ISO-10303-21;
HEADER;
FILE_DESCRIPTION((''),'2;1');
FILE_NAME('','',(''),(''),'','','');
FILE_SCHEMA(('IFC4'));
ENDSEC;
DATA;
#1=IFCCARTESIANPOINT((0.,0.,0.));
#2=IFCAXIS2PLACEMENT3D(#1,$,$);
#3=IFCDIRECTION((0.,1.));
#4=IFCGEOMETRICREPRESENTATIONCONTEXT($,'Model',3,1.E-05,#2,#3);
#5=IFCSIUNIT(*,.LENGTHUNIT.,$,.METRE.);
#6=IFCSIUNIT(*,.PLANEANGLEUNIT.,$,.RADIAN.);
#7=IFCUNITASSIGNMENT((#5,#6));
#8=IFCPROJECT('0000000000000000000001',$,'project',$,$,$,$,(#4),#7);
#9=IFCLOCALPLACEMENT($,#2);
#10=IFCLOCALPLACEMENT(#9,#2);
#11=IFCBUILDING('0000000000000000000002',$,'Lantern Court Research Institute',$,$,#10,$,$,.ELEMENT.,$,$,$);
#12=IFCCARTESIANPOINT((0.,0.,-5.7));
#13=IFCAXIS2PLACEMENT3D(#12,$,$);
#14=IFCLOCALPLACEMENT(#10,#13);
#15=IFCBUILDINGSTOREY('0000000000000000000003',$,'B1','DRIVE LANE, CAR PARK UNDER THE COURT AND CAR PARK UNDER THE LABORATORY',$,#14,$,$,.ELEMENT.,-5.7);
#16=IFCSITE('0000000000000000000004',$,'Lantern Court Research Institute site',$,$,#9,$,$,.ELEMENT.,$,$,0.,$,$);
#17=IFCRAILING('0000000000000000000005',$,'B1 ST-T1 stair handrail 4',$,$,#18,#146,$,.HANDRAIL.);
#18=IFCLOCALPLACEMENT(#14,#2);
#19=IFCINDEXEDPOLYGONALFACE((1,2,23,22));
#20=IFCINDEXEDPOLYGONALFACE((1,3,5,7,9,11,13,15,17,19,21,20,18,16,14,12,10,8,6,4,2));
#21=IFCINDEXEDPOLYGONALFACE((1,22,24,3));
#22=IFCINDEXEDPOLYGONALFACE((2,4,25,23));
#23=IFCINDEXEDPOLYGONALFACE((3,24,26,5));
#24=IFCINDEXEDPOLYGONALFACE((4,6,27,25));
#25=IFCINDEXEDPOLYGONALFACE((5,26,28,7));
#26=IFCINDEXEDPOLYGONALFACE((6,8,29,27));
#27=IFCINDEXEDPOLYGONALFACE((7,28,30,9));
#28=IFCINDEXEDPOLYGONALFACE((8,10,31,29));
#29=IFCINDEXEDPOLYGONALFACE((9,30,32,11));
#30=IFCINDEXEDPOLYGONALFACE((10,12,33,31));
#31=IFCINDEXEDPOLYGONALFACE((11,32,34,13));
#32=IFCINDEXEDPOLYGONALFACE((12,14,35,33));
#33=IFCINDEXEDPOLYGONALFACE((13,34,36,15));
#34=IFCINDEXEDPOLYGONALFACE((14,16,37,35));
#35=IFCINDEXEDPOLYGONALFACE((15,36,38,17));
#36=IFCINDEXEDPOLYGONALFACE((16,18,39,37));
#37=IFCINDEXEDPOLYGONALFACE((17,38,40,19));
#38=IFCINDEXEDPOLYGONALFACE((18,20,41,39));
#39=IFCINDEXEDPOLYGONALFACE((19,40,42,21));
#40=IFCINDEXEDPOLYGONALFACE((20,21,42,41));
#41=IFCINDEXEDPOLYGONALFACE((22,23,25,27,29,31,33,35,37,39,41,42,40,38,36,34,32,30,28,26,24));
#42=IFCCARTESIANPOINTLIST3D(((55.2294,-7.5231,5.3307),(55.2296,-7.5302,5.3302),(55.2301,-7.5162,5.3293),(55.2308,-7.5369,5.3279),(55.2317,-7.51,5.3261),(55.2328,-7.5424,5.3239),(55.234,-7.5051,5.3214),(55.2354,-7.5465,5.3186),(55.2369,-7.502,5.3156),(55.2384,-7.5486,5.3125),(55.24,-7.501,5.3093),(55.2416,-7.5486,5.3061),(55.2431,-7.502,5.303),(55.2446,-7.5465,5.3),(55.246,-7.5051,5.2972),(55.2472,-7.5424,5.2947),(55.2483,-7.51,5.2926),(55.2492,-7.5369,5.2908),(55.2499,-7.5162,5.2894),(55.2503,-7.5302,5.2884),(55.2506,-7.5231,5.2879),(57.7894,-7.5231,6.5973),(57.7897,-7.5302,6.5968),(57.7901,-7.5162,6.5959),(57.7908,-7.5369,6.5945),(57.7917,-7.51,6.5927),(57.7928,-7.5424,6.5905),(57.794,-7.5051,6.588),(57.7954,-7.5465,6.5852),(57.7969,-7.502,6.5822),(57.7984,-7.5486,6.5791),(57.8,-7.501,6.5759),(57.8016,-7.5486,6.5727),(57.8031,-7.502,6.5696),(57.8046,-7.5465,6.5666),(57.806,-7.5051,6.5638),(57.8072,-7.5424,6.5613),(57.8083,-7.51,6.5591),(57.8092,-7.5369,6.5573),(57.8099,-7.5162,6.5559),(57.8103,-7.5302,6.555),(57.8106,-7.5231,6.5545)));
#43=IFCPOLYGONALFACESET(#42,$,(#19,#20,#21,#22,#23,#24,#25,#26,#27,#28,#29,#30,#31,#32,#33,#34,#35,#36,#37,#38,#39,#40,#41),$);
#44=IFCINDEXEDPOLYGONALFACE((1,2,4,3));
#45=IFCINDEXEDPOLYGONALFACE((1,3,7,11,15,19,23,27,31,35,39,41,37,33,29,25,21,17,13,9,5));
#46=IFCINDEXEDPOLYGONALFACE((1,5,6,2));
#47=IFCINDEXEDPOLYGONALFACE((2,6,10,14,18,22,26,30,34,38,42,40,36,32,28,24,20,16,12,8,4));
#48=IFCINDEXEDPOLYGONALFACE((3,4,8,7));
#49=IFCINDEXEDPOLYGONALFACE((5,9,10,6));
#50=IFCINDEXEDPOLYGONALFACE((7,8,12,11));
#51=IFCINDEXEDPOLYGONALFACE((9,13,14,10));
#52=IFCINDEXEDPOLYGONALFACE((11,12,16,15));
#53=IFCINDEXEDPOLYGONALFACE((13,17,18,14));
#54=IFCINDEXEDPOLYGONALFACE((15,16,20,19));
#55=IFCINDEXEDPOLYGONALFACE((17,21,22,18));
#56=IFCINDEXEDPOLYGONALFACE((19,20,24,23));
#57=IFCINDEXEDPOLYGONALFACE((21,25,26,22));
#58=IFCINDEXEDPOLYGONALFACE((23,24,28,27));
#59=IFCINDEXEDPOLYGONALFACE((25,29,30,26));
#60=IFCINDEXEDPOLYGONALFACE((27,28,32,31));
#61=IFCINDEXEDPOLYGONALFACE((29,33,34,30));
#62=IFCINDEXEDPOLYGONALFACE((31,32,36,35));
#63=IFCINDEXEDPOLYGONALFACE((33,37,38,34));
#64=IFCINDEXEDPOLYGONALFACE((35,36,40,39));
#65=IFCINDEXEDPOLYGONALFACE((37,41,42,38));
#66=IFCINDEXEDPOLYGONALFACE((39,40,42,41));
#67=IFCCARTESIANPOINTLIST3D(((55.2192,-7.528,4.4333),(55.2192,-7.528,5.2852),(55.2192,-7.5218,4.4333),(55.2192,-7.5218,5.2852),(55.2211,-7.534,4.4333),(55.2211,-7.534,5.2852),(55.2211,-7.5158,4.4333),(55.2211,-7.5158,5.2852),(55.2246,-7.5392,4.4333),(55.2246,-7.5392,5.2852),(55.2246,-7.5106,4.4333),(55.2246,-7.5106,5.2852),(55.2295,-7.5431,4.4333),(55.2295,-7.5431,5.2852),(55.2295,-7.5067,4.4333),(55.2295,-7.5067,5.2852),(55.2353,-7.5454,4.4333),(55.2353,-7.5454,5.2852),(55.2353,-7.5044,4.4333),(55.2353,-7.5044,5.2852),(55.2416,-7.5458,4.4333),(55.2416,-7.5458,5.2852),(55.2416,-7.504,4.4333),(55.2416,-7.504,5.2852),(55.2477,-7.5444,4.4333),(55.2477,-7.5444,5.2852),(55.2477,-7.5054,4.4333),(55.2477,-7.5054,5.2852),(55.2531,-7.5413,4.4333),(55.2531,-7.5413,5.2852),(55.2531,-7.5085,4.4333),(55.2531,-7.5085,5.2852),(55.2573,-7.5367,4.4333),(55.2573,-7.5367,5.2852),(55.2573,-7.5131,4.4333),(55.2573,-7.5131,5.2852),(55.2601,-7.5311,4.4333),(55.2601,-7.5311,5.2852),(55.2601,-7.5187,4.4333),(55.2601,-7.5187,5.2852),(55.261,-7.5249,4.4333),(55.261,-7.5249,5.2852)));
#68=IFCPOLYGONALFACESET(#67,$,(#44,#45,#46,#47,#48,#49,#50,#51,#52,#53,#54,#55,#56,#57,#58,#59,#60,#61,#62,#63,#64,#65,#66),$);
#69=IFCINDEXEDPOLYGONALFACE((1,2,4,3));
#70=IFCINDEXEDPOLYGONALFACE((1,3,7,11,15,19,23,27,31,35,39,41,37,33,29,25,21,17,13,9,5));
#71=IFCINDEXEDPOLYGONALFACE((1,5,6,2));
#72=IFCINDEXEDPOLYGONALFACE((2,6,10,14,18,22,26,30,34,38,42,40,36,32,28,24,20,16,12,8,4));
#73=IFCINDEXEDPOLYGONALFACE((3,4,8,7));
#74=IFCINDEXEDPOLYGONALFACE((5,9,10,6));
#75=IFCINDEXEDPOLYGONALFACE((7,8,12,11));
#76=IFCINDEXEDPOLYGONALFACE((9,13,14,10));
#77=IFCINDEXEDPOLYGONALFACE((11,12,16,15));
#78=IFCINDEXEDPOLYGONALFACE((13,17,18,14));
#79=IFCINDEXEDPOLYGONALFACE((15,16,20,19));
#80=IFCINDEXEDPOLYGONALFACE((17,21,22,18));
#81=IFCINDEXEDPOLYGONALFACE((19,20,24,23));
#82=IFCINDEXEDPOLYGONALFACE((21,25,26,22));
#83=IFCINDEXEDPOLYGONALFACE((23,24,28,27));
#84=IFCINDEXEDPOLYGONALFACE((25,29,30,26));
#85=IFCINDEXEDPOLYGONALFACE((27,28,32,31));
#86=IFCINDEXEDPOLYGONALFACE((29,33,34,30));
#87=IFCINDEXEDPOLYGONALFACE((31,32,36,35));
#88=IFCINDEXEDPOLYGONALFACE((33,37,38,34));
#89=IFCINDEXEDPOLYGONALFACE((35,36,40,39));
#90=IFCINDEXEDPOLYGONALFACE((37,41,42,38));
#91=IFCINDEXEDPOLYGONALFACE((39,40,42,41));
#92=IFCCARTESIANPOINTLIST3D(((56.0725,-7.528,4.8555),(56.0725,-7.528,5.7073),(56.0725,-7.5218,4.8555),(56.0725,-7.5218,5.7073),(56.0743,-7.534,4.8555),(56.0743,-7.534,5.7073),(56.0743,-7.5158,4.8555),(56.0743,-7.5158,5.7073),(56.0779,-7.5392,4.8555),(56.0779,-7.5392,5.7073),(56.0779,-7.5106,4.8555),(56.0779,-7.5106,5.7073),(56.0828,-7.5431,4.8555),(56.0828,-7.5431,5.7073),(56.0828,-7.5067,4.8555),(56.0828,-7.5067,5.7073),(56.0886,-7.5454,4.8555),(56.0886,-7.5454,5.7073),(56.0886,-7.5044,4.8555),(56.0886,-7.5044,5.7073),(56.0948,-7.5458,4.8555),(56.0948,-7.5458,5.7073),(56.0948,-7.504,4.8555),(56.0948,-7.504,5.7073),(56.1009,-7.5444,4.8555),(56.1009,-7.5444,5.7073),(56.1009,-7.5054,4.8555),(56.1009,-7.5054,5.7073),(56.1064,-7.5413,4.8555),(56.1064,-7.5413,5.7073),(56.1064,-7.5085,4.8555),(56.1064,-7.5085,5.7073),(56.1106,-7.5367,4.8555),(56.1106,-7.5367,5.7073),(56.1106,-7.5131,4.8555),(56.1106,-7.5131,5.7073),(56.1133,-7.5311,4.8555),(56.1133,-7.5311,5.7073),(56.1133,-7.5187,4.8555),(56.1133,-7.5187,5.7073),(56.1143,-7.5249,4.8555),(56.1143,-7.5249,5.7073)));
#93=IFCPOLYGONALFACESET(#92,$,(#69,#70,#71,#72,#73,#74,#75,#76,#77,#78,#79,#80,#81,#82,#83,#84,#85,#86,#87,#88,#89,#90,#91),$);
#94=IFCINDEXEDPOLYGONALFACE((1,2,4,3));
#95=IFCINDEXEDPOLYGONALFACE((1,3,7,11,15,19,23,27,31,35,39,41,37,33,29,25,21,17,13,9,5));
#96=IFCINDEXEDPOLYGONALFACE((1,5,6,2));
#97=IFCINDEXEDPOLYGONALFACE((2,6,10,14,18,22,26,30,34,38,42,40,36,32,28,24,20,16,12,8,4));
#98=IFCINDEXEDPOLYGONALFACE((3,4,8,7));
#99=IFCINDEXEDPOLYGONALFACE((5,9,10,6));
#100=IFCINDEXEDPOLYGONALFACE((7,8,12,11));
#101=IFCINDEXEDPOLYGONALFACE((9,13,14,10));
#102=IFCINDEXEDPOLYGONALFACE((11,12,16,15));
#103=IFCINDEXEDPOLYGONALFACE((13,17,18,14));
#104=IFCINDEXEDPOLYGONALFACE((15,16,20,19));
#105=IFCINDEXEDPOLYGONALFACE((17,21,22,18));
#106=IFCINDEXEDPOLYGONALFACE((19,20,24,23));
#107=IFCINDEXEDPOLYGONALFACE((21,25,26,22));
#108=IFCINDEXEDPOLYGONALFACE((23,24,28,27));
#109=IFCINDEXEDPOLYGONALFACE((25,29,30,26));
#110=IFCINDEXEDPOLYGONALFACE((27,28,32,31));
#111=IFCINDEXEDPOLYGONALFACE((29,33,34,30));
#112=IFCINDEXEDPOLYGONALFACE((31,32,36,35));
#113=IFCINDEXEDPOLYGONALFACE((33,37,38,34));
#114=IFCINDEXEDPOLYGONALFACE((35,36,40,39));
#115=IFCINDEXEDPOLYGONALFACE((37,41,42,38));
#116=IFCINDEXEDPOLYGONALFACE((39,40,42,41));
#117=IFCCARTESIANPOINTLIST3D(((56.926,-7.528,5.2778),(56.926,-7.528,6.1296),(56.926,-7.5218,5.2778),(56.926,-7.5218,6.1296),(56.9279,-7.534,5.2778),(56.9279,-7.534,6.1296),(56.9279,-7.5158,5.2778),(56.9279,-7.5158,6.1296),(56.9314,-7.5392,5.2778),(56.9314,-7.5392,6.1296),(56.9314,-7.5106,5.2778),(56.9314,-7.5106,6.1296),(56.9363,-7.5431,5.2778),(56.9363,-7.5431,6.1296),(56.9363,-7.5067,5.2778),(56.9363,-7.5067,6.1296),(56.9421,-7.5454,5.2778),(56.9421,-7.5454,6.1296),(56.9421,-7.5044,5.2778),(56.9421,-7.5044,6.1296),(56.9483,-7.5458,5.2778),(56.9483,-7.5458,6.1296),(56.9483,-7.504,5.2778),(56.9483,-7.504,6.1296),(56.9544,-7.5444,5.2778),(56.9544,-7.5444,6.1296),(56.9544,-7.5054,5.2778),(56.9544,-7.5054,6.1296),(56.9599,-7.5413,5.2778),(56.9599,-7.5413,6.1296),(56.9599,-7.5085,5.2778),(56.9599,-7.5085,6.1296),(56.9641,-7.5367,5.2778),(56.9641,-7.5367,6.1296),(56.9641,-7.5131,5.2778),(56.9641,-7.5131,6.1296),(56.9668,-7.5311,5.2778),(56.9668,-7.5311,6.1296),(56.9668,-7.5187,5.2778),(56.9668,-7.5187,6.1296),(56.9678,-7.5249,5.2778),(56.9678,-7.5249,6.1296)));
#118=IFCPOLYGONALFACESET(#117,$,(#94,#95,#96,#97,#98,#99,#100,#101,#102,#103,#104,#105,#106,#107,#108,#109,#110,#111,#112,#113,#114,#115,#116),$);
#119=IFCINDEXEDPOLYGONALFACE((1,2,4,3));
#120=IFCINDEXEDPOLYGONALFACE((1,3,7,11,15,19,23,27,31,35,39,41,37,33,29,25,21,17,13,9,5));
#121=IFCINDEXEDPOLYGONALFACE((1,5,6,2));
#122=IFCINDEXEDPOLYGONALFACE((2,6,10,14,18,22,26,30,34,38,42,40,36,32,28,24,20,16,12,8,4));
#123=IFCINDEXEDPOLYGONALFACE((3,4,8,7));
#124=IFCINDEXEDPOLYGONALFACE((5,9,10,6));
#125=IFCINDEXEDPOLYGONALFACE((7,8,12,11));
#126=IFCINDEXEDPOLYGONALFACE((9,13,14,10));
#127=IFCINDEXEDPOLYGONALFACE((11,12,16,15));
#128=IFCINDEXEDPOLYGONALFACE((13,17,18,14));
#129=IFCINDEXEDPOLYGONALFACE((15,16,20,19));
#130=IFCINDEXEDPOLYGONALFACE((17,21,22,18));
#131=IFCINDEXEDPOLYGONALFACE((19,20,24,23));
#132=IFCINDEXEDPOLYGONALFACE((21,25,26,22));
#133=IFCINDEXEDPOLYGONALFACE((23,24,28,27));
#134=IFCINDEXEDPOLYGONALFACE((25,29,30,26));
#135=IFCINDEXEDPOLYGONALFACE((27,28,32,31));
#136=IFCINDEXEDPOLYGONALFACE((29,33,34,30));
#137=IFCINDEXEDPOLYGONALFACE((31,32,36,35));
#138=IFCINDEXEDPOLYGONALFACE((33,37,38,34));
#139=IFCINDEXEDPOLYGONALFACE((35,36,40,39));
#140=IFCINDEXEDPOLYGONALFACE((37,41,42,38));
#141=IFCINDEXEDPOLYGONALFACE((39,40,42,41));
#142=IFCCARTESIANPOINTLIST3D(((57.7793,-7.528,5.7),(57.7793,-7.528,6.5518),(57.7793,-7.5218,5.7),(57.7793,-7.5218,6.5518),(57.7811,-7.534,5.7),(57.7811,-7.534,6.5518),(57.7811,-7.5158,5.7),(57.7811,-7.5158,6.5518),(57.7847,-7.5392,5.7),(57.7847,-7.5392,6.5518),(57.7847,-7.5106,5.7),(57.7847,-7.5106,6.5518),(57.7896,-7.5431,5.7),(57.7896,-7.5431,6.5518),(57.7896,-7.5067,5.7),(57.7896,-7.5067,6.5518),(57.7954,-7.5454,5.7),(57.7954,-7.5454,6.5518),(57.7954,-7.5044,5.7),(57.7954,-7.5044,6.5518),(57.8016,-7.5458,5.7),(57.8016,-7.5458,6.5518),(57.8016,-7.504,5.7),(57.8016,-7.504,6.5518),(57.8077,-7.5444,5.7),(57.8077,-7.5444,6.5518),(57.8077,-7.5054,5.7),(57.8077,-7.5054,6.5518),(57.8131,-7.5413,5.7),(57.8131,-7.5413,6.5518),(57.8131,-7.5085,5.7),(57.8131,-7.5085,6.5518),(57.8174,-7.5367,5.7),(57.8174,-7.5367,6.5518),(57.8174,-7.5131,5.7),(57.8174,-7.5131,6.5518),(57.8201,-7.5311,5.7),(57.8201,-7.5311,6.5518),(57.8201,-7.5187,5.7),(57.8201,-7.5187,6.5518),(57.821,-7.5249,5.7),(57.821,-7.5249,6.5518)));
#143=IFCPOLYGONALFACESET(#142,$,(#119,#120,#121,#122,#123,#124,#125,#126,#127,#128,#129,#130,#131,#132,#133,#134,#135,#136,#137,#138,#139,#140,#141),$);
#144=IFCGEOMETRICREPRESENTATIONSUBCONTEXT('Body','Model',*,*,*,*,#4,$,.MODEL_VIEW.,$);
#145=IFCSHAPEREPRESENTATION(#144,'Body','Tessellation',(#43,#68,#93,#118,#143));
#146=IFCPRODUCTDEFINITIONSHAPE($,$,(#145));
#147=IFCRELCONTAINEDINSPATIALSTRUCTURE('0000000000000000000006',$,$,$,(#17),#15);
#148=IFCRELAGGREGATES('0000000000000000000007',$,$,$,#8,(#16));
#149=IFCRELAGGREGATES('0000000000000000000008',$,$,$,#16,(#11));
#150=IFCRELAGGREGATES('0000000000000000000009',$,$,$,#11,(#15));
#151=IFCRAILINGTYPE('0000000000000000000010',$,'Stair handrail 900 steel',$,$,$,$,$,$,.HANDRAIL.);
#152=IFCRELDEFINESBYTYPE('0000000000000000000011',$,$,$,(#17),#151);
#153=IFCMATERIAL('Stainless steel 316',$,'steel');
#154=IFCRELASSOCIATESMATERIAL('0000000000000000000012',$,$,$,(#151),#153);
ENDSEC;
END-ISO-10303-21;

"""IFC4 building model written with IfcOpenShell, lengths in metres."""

from ifc_helpers import new_model, si_unit, direction, frame, origin, origin_2d, place, context, subcontext, project, spatial, circle, extrude, material, type_object, element, save


model = new_model("IFC4")

# Units and contexts
model_context = context("Model", 3, precision=1e-05, world=origin(), true_north=direction((0.0, 1.0)))
body_context = subcontext(model_context, "Body", "Model", "MODEL_VIEW")
ifc_project = project(units=[si_unit("LENGTHUNIT", "METRE"), si_unit("PLANEANGLEUNIT", "RADIAN")], contexts=[model_context])

# Site, building, storey
site_placement = place(None, origin())
site = spatial("IfcSite", under=ifc_project, at=site_placement, Name="Lantern Court Research Institute site", CompositionType="ELEMENT", RefElevation=0.0)
building_placement = place(site_placement, origin())
building = spatial("IfcBuilding", under=site, at=building_placement, Name="Lantern Court Research Institute", CompositionType="ELEMENT")
storey_placement = place(building_placement, frame((0.0, 0.0, -5.7)))
storey = spatial("IfcBuildingStorey", under=building, at=storey_placement, Name="B1", Description="DRIVE LANE, CAR PARK UNDER THE COURT AND CAR PARK UNDER THE LABORATORY", CompositionType="ELEMENT", Elevation=-5.7)

# Railing
ifc_material_1 = material(Name="Stainless steel 316", Category="steel")
railing_type_1 = type_object("IfcRailingType", Name="Stair handrail 900 steel", PredefinedType="HANDRAIL", material=ifc_material_1)
for number, where, name in (
    (1, (55.24, -7.5249, 4.4333), "B1 ST-T1 stair handrail 4"),
):
    element("IfcRailing", number, at=place(storey_placement, frame(where)), inside=storey, type_object=railing_type_1, Name=name, PredefinedType="HANDRAIL", context=body_context, shape_type="SweptSolid", body=[
        extrude(circle(Radius=0.0239, at=origin_2d()), frame((0.0, 0.0, 0.876), z_axis=(0.8963, 0.0, 0.443449), x_axis=(0.0, 1.0, 0.0)), (0.0, 0.0, 1.0), 2.8562),
        extrude(circle(Radius=0.021, at=origin_2d()), origin(), (0.0, 0.0, 1.0), 0.8518),
        extrude(circle(Radius=0.021, at=origin_2d()), frame((0.8533, 0.0, 0.4221)), (0.0, 0.0, 1.0), 0.8518),
        extrude(circle(Radius=0.021, at=origin_2d()), frame((1.7068, 0.0, 0.8445)), (0.0, 0.0, 1.0), 0.8518),
        extrude(circle(Radius=0.021, at=origin_2d()), frame((2.5601, 0.0, 1.2666)), (0.0, 0.0, 1.0), 0.8518),
    ])

save(model, "model.ifc")
